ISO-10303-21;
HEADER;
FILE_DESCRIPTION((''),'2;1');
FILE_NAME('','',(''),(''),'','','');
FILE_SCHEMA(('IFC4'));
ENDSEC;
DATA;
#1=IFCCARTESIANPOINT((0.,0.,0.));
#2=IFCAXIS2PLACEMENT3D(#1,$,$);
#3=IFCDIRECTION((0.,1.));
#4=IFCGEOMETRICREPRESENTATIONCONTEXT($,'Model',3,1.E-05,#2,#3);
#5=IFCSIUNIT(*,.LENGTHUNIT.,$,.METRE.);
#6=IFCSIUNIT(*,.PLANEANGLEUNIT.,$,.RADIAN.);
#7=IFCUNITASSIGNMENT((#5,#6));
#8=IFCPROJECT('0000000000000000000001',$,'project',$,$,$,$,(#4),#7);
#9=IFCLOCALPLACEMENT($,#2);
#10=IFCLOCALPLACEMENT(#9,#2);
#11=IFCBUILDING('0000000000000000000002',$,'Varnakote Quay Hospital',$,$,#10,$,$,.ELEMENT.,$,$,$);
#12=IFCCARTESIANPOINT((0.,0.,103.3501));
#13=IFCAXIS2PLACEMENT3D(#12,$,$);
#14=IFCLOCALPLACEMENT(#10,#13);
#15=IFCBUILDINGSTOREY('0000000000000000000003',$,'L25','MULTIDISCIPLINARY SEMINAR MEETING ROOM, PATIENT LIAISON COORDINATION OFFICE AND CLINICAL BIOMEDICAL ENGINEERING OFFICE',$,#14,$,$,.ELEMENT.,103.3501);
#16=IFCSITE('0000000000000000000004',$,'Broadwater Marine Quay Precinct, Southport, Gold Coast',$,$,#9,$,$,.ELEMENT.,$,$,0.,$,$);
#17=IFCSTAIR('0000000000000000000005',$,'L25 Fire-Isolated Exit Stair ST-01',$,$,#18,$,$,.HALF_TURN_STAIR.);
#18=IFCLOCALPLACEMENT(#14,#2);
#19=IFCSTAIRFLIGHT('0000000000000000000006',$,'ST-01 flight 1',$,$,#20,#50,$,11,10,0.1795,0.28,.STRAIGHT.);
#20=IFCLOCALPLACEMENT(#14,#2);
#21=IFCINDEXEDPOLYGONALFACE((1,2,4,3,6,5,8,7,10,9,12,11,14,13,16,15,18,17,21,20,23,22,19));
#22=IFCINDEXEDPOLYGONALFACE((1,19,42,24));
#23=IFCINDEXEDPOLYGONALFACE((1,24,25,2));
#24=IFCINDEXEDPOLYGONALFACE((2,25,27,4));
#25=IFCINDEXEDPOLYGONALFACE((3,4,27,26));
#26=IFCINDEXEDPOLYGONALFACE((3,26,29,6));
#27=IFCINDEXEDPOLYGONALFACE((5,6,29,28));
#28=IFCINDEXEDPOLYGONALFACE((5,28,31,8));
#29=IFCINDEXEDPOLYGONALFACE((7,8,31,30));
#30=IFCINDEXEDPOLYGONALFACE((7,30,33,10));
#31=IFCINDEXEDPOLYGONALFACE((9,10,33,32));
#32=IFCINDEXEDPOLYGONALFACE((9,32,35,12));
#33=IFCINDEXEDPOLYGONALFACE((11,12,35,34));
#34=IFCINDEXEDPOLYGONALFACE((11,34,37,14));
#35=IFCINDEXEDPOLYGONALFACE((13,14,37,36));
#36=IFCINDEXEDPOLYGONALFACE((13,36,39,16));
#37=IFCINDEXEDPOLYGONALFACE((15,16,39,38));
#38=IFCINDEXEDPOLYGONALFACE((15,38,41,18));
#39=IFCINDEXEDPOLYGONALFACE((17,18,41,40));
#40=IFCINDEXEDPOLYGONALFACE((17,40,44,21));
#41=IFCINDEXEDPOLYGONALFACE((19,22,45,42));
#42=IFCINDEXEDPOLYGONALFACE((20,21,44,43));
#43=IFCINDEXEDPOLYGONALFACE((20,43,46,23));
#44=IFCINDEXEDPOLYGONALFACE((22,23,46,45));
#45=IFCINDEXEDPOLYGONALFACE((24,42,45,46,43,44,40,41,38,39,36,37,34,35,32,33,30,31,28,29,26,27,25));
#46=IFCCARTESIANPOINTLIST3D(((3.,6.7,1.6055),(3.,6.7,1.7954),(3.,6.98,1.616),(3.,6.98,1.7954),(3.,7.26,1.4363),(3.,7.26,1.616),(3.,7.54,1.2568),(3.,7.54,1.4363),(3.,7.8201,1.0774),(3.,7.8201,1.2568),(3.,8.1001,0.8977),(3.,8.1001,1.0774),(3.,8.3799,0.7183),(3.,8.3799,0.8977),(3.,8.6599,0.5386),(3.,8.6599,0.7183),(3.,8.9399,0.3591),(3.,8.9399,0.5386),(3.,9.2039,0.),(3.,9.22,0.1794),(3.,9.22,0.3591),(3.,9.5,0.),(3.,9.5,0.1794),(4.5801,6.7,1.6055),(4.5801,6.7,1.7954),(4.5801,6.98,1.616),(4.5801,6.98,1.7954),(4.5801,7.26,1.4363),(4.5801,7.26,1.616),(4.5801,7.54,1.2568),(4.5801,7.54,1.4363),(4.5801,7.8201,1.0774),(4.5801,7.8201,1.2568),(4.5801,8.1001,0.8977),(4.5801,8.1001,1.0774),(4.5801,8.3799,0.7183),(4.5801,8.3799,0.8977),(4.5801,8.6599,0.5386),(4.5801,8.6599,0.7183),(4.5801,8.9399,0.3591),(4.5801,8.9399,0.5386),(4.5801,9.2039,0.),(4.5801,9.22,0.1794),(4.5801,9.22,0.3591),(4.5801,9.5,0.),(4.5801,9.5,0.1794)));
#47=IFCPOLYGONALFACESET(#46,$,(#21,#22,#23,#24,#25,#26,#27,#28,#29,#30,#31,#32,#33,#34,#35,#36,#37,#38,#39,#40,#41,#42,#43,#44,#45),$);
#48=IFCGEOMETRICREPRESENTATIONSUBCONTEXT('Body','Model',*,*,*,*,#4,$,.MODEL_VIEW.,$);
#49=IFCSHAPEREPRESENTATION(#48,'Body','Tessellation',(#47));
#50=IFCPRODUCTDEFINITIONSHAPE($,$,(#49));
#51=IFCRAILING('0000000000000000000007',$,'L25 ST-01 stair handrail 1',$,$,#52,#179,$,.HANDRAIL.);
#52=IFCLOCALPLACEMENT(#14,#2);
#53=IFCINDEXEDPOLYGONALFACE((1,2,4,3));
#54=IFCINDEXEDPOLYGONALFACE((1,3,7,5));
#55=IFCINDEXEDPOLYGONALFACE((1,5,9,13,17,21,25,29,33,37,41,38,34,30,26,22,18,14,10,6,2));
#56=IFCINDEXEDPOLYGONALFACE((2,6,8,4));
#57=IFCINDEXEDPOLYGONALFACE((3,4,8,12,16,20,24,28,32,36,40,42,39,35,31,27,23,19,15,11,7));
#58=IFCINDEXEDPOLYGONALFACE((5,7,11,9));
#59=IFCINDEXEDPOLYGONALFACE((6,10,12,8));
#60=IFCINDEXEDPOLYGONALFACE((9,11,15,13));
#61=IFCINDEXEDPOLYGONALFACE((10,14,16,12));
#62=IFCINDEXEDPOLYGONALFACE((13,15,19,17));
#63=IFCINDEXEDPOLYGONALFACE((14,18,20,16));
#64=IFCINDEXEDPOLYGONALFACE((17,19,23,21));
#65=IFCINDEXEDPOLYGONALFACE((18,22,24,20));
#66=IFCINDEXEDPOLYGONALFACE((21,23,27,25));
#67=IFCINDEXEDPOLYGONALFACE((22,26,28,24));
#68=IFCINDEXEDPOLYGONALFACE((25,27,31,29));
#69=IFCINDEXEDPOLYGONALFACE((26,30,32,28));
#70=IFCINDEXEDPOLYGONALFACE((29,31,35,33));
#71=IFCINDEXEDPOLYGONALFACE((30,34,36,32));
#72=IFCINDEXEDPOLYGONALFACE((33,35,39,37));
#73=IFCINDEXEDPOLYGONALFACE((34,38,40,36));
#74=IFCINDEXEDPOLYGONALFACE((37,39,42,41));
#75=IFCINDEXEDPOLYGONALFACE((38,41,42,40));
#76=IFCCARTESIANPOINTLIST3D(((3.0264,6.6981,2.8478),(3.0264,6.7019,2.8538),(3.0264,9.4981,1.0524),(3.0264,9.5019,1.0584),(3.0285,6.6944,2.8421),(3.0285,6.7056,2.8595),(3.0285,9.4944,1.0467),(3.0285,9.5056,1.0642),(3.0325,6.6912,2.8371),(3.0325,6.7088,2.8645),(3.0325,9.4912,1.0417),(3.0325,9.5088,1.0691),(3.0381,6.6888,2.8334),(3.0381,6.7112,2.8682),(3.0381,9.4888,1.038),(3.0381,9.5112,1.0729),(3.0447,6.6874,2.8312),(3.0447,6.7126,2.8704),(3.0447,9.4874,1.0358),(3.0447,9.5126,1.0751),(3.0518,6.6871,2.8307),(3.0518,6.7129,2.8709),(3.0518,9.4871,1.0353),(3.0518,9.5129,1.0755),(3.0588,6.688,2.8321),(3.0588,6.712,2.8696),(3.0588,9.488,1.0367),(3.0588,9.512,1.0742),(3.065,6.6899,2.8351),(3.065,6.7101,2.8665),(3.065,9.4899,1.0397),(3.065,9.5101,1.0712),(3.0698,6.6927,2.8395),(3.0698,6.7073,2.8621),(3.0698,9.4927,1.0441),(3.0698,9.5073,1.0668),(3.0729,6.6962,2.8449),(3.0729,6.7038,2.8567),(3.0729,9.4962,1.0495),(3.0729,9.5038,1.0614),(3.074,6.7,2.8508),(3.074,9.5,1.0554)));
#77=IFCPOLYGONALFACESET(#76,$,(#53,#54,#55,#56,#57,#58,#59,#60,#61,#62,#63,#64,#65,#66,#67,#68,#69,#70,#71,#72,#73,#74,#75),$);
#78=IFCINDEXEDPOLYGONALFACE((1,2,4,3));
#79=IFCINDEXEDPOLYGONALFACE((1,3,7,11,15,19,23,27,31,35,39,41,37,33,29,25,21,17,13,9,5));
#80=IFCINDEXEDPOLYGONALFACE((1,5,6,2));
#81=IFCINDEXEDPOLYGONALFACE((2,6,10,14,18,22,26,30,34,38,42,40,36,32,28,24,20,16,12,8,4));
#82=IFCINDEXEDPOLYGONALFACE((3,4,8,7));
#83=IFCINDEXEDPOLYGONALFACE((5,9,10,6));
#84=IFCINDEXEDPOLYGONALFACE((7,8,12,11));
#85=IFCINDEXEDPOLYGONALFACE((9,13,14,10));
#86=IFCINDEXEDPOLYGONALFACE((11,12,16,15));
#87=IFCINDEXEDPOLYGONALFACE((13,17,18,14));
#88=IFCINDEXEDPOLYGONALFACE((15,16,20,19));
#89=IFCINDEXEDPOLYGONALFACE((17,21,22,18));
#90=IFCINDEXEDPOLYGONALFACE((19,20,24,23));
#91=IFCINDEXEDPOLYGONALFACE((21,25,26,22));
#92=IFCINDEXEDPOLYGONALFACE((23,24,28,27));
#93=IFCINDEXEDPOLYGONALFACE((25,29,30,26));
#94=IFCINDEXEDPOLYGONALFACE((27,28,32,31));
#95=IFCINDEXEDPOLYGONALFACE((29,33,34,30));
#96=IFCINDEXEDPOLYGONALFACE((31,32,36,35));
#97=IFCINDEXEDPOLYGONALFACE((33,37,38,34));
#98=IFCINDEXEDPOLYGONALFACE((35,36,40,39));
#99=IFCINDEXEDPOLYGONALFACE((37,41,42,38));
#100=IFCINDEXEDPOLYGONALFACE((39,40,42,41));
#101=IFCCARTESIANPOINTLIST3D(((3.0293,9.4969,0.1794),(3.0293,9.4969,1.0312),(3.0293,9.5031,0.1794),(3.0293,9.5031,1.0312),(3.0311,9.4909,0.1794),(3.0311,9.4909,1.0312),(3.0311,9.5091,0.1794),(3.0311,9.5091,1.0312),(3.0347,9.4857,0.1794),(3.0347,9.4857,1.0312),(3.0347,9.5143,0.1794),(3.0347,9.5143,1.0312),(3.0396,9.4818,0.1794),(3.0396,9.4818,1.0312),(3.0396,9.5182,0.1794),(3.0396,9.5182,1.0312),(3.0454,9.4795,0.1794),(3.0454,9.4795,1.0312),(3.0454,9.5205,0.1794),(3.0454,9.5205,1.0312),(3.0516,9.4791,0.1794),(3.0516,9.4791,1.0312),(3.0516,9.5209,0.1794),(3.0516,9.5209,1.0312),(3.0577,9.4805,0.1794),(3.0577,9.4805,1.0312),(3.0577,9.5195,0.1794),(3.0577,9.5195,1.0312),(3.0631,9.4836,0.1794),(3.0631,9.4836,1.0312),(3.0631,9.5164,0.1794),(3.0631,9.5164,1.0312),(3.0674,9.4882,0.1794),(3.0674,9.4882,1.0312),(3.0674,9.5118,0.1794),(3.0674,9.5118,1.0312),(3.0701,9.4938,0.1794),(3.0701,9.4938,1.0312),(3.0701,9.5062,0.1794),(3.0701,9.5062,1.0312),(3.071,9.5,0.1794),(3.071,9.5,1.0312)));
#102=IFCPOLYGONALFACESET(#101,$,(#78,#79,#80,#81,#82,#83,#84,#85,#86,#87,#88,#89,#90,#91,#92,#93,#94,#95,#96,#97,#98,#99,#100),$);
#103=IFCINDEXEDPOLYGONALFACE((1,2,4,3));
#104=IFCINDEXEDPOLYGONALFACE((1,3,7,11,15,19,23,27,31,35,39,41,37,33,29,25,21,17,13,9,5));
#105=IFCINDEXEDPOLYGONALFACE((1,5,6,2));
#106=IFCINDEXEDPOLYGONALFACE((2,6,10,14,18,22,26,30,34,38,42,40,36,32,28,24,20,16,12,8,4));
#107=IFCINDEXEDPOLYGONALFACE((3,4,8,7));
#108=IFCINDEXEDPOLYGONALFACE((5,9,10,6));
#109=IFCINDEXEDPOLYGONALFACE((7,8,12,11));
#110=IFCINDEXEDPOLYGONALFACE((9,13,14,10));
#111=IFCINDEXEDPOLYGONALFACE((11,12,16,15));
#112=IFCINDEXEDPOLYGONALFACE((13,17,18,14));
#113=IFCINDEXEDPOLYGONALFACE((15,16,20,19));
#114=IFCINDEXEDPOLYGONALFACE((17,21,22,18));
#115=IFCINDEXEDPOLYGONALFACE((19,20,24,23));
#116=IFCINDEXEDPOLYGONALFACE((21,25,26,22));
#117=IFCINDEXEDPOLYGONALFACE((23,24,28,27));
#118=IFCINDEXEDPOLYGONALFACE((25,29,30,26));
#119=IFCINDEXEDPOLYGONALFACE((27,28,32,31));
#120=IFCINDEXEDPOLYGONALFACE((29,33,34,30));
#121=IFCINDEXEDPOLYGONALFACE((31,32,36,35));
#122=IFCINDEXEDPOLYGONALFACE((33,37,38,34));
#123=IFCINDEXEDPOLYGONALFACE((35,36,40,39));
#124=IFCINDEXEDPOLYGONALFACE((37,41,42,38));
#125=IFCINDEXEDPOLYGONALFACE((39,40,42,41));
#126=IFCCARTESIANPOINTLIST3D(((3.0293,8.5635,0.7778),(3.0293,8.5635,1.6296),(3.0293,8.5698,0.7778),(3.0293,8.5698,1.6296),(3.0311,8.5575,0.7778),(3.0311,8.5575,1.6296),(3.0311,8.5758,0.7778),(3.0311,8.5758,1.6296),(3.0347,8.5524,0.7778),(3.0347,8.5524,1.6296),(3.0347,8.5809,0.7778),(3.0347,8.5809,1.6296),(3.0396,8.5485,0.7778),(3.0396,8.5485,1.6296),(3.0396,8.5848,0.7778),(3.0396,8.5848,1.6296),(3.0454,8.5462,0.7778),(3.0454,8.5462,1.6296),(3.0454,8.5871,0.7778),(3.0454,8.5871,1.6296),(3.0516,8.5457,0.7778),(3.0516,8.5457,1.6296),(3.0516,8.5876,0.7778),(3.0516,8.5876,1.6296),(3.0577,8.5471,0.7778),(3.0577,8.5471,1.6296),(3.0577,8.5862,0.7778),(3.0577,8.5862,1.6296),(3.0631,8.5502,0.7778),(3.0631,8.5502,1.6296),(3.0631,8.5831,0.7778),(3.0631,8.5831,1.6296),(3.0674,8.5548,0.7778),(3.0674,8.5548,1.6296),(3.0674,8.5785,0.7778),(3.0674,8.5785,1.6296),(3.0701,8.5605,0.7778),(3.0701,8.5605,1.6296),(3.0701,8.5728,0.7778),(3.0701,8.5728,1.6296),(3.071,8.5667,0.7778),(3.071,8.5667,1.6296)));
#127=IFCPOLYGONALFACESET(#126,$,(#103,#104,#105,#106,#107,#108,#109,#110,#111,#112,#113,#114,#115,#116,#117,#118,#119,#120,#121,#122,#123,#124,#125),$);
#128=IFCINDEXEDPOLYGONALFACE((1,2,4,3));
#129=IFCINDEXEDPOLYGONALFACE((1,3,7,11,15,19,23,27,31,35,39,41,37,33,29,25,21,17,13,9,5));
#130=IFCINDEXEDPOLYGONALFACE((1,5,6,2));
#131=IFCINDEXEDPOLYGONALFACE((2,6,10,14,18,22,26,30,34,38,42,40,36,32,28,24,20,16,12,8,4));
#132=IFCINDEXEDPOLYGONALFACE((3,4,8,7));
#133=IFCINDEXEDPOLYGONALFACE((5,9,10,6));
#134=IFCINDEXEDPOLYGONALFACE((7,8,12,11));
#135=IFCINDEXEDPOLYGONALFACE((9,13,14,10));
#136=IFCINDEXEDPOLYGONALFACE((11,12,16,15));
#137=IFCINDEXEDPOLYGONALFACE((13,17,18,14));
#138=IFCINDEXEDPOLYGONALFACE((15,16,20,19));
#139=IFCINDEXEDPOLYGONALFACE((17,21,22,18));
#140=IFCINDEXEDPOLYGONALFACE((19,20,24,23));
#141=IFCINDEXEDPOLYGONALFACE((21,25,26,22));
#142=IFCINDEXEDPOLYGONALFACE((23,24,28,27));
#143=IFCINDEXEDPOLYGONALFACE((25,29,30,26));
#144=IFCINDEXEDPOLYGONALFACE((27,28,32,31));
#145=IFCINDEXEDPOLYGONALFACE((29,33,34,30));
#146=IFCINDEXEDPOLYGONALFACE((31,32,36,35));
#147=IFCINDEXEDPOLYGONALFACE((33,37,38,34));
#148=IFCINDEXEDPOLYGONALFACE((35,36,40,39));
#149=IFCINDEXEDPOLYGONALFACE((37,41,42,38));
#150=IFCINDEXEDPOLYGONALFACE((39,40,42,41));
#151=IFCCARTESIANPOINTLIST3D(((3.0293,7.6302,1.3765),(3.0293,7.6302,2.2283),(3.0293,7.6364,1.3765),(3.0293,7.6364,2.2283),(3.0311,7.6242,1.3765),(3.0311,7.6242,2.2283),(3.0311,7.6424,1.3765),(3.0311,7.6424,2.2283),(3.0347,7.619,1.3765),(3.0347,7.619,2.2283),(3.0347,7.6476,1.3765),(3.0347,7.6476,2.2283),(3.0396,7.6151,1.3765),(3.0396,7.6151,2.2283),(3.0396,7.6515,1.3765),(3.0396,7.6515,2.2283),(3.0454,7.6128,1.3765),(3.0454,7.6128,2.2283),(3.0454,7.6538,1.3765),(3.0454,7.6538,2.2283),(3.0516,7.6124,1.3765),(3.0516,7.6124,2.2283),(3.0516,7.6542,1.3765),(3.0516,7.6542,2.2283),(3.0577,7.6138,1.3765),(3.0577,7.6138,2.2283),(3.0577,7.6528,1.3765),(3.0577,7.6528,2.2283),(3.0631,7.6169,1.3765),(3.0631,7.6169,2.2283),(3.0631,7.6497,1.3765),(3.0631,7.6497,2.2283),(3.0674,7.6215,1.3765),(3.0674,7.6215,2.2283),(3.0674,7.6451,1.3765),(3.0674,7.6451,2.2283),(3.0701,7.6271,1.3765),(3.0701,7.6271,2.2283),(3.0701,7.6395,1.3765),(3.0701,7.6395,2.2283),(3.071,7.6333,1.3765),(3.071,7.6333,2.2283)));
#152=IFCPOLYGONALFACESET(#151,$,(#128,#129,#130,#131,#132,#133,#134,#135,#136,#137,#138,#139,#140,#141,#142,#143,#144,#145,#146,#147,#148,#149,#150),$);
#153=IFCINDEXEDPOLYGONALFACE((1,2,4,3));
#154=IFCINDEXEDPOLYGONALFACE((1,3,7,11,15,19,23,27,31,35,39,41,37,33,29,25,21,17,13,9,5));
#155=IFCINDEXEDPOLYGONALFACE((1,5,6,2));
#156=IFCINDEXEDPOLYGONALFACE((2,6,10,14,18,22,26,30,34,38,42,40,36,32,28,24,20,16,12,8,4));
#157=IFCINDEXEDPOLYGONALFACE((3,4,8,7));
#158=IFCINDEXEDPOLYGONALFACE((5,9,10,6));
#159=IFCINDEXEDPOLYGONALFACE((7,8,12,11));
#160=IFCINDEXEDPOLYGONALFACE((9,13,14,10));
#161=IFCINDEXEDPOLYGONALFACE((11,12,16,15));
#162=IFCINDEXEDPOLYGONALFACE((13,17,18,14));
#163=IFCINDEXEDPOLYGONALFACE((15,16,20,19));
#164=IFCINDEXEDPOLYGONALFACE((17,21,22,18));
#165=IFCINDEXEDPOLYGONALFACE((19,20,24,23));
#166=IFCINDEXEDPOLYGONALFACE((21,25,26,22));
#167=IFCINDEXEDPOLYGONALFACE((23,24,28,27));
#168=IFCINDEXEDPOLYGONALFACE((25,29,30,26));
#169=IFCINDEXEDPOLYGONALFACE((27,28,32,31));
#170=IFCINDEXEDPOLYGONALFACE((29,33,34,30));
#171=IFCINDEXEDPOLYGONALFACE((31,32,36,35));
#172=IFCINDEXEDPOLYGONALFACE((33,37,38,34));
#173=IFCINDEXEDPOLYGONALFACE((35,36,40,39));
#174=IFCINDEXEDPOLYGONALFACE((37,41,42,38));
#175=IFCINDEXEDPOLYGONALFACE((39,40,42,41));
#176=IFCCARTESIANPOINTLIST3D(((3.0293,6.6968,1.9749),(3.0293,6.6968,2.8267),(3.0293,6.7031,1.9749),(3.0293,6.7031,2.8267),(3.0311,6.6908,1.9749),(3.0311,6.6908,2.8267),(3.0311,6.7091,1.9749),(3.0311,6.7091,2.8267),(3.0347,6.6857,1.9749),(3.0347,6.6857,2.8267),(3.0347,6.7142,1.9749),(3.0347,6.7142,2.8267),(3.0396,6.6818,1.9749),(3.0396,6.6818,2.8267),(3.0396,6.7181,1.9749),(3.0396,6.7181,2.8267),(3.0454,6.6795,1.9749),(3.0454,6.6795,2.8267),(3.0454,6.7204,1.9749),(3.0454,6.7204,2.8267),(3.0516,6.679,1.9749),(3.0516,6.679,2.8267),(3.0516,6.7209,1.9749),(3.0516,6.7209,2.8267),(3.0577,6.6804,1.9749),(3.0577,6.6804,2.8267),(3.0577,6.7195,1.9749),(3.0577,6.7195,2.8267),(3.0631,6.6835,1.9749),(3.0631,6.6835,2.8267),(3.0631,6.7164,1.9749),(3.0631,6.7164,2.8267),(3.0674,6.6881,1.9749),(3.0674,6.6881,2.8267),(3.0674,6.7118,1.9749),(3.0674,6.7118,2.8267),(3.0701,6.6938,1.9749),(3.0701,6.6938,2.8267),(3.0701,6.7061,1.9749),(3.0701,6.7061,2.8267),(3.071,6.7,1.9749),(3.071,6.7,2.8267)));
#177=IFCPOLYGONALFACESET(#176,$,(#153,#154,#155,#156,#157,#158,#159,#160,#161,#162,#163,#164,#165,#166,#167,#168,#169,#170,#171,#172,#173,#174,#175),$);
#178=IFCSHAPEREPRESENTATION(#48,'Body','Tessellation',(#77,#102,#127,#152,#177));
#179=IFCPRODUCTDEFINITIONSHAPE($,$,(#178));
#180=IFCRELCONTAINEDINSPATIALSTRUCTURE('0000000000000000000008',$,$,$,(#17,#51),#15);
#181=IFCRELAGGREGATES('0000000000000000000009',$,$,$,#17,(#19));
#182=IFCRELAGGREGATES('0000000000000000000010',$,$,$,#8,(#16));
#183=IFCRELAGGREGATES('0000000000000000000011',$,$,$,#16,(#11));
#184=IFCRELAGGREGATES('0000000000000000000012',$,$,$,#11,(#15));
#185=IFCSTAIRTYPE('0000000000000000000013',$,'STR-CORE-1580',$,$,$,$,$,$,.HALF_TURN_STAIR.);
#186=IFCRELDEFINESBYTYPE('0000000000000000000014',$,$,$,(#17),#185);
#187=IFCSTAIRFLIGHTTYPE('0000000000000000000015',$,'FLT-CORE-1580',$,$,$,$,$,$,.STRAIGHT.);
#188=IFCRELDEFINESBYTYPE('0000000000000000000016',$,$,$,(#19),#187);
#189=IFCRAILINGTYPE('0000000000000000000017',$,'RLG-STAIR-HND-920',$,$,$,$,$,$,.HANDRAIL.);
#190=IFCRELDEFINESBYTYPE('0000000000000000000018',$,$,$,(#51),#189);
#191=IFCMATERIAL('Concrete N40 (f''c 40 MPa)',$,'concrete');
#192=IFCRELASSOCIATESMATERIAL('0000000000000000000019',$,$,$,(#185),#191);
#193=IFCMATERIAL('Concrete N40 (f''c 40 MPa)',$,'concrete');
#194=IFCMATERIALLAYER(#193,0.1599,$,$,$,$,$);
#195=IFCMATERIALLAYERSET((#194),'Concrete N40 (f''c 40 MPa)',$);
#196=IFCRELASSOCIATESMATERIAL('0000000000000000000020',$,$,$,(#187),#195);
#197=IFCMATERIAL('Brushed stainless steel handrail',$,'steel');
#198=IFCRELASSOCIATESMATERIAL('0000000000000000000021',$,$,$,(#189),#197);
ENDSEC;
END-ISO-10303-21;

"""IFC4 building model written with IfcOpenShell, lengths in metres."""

from ifc_helpers import new_model, si_unit, direction, frame, origin, origin_2d, place, context, subcontext, project, spatial, polyline, circle, outline, extrude, material, layer, layer_set, type_object, element, aggregate, save


model = new_model("IFC4")

# Units and contexts
model_context = context("Model", 3, precision=1e-05, world=origin(), true_north=direction((0.0, 1.0)))
body_context = subcontext(model_context, "Body", "Model", "MODEL_VIEW")
ifc_project = project(units=[si_unit("LENGTHUNIT", "METRE"), si_unit("PLANEANGLEUNIT", "RADIAN")], contexts=[model_context])

# Site, building, storey
site_placement = place(None, origin())
site = spatial("IfcSite", under=ifc_project, at=site_placement, Name="Broadwater Marine Quay Precinct, Southport, Gold Coast", CompositionType="ELEMENT", RefElevation=0.0)
building_placement = place(site_placement, origin())
building = spatial("IfcBuilding", under=site, at=building_placement, Name="Varnakote Quay Hospital", CompositionType="ELEMENT")
storey_placement = place(building_placement, frame((0.0, 0.0, 103.3501)))
storey = spatial("IfcBuildingStorey", under=building, at=storey_placement, Name="L25", Description="MULTIDISCIPLINARY SEMINAR MEETING ROOM, PATIENT LIAISON COORDINATION OFFICE AND CLINICAL BIOMEDICAL ENGINEERING OFFICE", CompositionType="ELEMENT", Elevation=103.3501)

# Stair
ifc_material_1 = material(Name="Concrete N40 (f'c 40 MPa)", Category="concrete")
stair_type = type_object("IfcStairType", Name="STR-CORE-1580", PredefinedType="HALF_TURN_STAIR", material=ifc_material_1)
stair_1_placement = place(storey_placement, origin())
stair_1 = element("IfcStair", 1, at=stair_1_placement, inside=storey, type_object=stair_type, Name="L25 Fire-Isolated Exit Stair ST-01", PredefinedType="HALF_TURN_STAIR")

# Stair flight
ifc_material_2 = material(Name="Concrete N40 (f'c 40 MPa)", Category="concrete")
ifc_layer_1 = layer(ifc_material_2, 0.1599)
ifc_layer_set_1 = layer_set([ifc_layer_1], Name="Concrete N40 (f'c 40 MPa)")
stair_flight_type = type_object("IfcStairFlightType", Name="FLT-CORE-1580", PredefinedType="STRAIGHT", material=ifc_layer_set_1)
stair_flight_placement = place(storey_placement, frame((3.79, 9.5, 0.0), z_axis=(0.0, 0.0, 1.0), x_axis=(0.0, -1.0, 0.0)))
stair_flight = element("IfcStairFlight", 2, at=stair_flight_placement, type_object=stair_flight_type, Name="ST-01 flight 1", NumberOfRisers=11, NumberOfTreads=10, PredefinedType="STRAIGHT", RiserHeight=0.1795, TreadLength=0.28, context=body_context, shape_type="SweptSolid", body=[
    extrude(outline(polyline([(0.0, 0.0), (0.0, 0.1794), (0.28, 0.1794), (0.28, 0.3591), (0.5601, 0.3591), (0.5601, 0.5386), (0.8401, 0.5386), (0.8401, 0.7183), (1.1201, 0.7183), (1.1201, 0.8977), (1.3999, 0.8977), (1.3999, 1.0774), (1.6799, 1.0774), (1.6799, 1.2568), (1.96, 1.2568), (1.96, 1.4363), (2.24, 1.4363), (2.24, 1.616), (2.52, 1.616), (2.52, 1.7954), (2.8, 1.7954), (2.8, 1.9751), (2.8, 1.6055), (0.2961, 0.0), (0.0, 0.0)])), frame((0.0, 0.79, 0.0), z_axis=(0.0, -1.0, 0.0), x_axis=(1.0, 0.0, 0.0)), (0.0, 0.0, 1.0), 1.5801),
])
aggregate(stair_1, [stair_flight])

# Railing
ifc_material_3 = material(Name="Brushed stainless steel handrail", Category="steel")
railing_type = type_object("IfcRailingType", Name="RLG-STAIR-HND-920", PredefinedType="HANDRAIL", material=ifc_material_3)
railing_placement = place(storey_placement, frame((3.05, 9.5, 0.1794)))
element("IfcRailing", 3, at=railing_placement, inside=storey, type_object=railing_type, Name="L25 ST-01 stair handrail 1", PredefinedType="HANDRAIL", context=body_context, shape_type="SweptSolid", body=[
    extrude(circle(Radius=0.0239, at=origin_2d()), frame((0.0, 0.0, 0.876), z_axis=(0.0, -0.84181, 0.539774), x_axis=(1.0, 0.0, 0.0)), (0.0, 0.0, 1.0), 3.3262),
    extrude(circle(Radius=0.021, at=origin_2d()), origin(), (0.0, 0.0, 1.0), 0.8518),
    extrude(circle(Radius=0.021, at=origin_2d()), frame((0.0, -0.9333, 0.5984)), (0.0, 0.0, 1.0), 0.8518),
    extrude(circle(Radius=0.021, at=origin_2d()), frame((0.0, -1.8667, 1.197)), (0.0, 0.0, 1.0), 0.8518),
    extrude(circle(Radius=0.021, at=origin_2d()), frame((0.0, -2.8, 1.7954)), (0.0, 0.0, 1.0), 0.8518),
])

save(model, "model.ifc")
